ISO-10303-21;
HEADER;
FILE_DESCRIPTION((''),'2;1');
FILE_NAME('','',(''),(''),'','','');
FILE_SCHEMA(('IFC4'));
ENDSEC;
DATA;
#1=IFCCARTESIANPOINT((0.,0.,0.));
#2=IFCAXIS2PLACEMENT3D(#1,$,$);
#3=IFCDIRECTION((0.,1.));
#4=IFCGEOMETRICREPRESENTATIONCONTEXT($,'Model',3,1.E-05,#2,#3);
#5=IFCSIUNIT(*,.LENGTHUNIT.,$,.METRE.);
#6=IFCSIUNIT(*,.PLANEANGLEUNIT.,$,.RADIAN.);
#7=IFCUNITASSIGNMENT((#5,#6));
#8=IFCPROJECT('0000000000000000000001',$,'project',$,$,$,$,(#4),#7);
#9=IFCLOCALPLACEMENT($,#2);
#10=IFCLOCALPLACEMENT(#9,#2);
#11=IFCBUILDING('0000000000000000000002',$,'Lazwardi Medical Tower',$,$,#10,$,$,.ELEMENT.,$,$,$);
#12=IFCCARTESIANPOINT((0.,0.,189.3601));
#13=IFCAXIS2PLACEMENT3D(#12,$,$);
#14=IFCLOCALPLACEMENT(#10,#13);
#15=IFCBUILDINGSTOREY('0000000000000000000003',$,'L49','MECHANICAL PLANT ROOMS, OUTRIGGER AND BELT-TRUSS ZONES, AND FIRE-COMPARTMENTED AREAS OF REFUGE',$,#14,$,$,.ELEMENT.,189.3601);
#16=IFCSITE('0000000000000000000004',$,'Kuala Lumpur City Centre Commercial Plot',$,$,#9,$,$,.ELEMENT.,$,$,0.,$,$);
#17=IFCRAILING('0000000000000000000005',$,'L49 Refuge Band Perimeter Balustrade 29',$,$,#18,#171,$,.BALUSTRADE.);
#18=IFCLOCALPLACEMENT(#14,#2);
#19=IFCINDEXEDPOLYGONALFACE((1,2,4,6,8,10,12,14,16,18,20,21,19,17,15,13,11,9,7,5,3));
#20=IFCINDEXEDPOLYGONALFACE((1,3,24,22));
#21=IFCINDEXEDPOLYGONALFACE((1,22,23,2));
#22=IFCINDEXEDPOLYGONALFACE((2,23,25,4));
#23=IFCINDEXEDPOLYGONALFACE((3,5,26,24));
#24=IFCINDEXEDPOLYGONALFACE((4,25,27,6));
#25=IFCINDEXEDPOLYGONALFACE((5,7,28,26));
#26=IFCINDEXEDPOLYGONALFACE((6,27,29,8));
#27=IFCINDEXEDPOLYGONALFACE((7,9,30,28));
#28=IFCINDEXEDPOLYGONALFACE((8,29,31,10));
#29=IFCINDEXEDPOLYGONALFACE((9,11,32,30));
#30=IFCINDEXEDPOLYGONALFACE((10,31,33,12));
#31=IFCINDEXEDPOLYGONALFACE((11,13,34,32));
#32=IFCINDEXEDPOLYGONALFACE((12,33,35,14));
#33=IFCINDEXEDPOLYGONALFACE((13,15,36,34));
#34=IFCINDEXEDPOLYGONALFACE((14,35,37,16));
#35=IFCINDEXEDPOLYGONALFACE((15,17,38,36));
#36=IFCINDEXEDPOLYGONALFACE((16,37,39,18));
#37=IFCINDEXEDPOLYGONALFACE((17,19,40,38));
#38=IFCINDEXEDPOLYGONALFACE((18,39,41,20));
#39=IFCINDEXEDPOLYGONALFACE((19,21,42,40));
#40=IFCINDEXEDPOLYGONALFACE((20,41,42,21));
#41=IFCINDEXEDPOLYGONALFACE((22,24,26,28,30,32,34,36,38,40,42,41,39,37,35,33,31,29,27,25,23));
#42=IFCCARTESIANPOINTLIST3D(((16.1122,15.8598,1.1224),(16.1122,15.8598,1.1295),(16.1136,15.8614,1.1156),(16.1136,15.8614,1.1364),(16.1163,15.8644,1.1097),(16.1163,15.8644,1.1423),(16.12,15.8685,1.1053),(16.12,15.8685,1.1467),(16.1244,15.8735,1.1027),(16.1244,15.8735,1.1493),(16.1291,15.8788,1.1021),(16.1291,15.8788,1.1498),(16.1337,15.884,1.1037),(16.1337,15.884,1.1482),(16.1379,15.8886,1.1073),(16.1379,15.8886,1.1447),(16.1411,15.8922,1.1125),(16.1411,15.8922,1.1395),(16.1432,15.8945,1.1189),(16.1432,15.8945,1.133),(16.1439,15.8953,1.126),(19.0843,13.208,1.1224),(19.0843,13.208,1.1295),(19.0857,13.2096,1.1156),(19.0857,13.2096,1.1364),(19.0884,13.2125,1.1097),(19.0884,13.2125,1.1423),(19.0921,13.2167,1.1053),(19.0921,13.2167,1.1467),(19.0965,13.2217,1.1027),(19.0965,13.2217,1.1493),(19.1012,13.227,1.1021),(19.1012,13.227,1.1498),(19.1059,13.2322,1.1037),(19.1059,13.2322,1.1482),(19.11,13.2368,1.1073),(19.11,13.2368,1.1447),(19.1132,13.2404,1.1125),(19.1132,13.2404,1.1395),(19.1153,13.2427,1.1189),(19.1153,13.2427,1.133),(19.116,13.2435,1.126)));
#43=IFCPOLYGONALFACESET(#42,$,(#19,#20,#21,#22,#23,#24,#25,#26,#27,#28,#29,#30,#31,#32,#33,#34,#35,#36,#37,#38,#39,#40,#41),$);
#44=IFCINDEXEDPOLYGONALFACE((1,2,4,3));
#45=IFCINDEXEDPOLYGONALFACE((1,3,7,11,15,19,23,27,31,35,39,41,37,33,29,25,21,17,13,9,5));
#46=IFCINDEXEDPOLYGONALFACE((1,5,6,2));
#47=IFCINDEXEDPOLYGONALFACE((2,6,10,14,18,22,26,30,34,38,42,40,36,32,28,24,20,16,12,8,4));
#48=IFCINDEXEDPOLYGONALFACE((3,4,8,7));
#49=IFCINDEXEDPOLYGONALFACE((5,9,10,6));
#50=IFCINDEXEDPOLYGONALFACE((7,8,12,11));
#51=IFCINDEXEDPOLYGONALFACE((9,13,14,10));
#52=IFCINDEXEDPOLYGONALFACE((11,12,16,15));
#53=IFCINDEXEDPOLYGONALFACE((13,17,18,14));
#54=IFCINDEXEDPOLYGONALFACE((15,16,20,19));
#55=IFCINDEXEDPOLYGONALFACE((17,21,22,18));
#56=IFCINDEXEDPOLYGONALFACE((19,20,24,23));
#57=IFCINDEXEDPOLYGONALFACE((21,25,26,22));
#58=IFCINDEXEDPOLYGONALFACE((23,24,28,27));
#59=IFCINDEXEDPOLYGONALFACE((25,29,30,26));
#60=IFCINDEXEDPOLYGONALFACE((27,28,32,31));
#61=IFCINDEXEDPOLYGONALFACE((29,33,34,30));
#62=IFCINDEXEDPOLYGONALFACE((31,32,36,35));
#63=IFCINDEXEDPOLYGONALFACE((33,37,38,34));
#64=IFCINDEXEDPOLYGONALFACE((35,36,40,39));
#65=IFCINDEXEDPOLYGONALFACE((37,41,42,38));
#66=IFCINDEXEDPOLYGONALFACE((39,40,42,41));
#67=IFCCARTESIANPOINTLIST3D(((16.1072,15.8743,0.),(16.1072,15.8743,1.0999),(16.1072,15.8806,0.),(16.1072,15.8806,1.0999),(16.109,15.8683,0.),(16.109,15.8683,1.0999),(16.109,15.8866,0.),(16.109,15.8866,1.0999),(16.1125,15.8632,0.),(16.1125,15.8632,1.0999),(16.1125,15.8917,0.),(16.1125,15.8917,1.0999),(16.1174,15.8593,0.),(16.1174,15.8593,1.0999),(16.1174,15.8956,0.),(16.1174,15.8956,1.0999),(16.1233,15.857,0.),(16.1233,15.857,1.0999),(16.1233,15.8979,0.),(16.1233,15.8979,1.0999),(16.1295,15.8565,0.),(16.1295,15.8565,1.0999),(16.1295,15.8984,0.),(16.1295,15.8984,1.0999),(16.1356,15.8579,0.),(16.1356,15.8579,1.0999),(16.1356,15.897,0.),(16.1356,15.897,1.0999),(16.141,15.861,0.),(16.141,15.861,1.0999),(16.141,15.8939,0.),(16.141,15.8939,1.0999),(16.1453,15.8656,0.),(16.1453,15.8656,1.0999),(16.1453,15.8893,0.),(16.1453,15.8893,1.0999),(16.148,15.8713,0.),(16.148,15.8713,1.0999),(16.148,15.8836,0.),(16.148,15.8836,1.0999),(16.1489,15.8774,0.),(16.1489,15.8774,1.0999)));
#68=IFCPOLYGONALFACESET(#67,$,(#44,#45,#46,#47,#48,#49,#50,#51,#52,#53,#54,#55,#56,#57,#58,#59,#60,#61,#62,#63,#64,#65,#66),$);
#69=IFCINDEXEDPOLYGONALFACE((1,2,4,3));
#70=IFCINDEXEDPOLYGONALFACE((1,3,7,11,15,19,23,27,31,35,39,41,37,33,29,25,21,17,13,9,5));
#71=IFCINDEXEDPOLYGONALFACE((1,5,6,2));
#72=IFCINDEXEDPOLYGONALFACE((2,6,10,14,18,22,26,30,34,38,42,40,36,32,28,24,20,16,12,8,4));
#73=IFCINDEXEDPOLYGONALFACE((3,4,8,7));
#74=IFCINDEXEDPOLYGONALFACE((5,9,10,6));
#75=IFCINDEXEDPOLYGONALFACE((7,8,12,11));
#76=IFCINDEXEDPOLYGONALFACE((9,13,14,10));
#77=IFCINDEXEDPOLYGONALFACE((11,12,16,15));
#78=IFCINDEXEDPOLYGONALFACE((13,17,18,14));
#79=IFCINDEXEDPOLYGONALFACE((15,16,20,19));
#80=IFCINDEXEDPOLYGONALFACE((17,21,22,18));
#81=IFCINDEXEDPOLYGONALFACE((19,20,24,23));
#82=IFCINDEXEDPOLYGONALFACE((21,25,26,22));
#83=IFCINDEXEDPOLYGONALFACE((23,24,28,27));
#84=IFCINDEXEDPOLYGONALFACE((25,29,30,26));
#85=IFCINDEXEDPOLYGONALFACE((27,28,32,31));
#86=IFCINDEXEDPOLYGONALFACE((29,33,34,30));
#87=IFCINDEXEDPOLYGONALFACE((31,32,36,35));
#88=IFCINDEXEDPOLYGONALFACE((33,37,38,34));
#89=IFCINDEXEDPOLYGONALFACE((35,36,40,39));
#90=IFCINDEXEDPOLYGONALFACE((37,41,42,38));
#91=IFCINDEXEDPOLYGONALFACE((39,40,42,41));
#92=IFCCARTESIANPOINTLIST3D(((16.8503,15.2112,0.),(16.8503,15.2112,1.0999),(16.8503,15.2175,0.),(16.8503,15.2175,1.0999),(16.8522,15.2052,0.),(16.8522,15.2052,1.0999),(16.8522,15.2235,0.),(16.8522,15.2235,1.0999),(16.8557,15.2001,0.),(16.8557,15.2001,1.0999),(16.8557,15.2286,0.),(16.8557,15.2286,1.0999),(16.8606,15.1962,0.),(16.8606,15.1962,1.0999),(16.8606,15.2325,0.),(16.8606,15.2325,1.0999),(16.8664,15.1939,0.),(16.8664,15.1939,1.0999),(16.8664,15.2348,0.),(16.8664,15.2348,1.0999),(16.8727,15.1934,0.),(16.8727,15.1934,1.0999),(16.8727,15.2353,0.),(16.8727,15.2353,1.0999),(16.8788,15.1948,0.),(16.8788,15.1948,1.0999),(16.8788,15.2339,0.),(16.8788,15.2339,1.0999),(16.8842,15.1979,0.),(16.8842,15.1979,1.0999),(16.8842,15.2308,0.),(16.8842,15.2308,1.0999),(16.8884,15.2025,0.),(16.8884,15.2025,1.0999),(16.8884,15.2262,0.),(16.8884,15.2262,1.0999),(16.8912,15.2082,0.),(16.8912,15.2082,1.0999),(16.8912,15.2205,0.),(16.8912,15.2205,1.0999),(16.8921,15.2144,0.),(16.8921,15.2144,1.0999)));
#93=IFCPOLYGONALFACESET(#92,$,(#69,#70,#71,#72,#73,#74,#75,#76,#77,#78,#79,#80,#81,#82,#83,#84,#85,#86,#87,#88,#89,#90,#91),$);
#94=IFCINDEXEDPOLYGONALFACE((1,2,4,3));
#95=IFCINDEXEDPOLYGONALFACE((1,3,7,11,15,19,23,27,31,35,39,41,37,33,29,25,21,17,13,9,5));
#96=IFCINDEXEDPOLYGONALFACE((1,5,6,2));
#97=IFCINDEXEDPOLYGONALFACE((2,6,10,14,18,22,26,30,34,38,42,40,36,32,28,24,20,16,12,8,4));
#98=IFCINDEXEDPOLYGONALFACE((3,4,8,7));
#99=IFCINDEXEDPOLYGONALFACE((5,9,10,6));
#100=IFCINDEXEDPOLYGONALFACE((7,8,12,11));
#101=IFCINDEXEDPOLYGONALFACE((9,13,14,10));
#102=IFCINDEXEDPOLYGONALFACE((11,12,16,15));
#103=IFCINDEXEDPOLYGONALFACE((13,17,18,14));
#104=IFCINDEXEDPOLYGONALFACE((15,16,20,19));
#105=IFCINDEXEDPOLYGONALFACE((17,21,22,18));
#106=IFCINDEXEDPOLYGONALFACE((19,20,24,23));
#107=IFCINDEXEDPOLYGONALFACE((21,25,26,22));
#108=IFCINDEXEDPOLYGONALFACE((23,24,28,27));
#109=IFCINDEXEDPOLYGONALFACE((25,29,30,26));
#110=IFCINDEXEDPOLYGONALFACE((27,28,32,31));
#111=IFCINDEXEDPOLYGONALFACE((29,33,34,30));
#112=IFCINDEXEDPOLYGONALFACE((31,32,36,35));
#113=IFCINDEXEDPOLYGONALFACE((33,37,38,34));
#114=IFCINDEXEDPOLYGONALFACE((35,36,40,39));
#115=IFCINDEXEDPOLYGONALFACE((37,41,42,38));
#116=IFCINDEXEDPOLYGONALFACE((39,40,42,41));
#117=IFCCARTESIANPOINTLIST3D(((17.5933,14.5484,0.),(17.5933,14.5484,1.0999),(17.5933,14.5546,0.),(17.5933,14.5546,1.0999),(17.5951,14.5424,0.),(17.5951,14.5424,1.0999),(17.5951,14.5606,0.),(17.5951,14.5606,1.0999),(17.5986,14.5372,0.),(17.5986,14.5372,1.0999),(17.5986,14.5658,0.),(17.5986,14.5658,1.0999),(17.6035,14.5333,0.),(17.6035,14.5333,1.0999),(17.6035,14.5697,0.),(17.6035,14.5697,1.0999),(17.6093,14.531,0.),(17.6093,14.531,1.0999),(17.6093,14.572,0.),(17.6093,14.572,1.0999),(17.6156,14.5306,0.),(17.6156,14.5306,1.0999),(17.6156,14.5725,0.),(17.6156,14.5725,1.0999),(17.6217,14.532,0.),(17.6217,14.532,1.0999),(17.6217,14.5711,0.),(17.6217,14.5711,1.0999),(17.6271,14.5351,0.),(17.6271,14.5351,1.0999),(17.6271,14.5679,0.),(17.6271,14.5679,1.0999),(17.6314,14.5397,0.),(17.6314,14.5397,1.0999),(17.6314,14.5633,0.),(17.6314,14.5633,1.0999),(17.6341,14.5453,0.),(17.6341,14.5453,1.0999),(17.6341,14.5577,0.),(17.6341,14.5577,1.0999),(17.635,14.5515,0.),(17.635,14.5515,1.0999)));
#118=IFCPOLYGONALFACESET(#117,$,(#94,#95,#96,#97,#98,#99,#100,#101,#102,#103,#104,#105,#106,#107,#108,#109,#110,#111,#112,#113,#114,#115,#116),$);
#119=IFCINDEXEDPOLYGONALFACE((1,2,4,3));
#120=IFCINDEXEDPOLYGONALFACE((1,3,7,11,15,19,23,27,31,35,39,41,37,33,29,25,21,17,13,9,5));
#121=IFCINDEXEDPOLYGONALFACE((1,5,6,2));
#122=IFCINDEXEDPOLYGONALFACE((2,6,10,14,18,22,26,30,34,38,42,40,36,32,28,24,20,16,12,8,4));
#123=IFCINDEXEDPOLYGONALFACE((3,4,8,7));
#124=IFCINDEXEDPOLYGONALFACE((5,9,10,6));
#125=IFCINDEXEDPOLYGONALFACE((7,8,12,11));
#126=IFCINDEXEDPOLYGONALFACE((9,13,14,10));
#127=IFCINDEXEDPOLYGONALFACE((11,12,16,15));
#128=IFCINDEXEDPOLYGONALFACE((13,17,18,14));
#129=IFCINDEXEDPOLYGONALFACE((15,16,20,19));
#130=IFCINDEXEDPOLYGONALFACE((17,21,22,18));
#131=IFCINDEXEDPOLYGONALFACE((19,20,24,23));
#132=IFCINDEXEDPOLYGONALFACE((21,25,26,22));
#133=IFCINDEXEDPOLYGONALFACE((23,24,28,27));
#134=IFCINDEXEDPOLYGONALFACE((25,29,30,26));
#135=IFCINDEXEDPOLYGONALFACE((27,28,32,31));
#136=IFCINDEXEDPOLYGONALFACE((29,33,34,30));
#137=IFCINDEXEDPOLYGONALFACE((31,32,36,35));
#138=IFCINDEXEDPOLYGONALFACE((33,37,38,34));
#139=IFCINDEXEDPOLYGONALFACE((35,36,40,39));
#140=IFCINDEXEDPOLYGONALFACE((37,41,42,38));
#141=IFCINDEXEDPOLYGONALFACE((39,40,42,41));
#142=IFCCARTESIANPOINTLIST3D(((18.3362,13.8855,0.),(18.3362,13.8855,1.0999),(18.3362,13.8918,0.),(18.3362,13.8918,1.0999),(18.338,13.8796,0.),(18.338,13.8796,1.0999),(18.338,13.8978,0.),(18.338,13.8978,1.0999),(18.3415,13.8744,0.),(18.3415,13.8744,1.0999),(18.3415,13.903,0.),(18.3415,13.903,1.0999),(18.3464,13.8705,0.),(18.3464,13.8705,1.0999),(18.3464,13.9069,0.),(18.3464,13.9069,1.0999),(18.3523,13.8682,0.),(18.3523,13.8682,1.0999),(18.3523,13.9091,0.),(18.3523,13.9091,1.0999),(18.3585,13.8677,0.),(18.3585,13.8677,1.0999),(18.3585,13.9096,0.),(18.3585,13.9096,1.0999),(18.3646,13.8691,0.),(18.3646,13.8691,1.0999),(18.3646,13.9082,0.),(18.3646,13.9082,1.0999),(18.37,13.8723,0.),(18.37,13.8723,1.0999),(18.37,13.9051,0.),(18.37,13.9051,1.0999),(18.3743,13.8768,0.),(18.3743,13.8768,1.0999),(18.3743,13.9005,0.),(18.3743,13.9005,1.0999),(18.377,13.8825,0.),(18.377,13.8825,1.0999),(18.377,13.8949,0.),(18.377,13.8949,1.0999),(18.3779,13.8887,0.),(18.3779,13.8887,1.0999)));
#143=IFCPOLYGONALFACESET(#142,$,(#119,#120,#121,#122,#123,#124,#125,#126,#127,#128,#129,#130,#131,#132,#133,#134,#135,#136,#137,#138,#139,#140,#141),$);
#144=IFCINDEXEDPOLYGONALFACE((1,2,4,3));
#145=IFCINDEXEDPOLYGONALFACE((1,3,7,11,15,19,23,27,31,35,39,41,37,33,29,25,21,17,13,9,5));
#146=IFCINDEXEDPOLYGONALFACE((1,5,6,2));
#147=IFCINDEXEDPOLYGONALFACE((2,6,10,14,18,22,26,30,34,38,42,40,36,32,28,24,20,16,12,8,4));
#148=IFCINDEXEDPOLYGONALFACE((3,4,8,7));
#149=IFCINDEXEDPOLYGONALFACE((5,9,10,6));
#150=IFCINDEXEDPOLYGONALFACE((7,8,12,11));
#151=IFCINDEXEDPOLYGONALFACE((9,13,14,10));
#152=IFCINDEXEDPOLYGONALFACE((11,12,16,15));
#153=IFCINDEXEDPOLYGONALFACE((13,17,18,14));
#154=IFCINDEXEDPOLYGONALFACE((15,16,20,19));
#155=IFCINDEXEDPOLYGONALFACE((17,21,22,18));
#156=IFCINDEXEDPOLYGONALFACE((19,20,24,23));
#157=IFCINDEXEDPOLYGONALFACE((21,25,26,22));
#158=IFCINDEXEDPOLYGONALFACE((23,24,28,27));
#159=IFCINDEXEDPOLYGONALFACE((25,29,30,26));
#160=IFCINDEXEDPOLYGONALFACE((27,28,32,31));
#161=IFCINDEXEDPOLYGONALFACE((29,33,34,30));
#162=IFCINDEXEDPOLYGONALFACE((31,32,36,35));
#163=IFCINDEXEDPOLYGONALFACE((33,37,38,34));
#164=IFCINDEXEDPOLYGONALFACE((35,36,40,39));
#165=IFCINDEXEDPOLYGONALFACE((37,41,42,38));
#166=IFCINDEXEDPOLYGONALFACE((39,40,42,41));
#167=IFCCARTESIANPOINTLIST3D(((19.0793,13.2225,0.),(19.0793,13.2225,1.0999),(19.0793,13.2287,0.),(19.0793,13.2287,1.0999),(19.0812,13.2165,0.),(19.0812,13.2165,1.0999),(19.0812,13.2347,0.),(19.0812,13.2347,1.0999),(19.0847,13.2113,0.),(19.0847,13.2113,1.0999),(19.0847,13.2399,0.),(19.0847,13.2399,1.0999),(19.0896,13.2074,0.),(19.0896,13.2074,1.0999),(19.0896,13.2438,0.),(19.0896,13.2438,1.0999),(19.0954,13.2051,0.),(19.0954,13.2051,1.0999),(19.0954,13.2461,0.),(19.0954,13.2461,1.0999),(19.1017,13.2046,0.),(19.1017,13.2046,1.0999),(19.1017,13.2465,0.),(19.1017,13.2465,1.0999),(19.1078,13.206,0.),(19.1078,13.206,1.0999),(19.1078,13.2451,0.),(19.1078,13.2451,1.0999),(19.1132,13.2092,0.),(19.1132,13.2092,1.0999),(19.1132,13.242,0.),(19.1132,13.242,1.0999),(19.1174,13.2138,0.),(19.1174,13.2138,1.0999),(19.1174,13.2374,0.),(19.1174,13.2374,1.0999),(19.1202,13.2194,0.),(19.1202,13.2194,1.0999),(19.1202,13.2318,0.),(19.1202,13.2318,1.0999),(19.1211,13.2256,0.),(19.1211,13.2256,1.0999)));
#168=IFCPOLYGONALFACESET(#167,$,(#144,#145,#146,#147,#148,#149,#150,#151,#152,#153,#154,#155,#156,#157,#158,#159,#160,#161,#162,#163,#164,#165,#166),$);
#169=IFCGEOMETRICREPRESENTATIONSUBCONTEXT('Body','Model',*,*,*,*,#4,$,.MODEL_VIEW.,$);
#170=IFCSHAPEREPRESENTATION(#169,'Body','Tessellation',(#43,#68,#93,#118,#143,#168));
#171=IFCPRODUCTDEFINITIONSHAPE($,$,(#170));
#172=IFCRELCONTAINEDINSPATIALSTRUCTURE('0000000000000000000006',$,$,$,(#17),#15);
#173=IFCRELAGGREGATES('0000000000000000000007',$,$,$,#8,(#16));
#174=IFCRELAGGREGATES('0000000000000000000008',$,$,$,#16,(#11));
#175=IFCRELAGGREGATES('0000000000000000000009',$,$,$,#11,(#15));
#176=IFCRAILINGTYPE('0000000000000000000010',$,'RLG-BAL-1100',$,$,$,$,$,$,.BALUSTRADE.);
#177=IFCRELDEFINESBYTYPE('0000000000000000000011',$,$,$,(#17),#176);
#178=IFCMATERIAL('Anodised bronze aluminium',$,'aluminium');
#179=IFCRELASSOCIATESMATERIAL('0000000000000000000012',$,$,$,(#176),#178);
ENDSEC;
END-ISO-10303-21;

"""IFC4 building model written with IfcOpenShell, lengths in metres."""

from ifc_helpers import new_model, si_unit, direction, frame, origin, origin_2d, place, context, subcontext, project, spatial, circle, extrude, material, type_object, element, save


model = new_model("IFC4")

# Units and contexts
model_context = context("Model", 3, precision=1e-05, world=origin(), true_north=direction((0.0, 1.0)))
body_context = subcontext(model_context, "Body", "Model", "MODEL_VIEW")
ifc_project = project(units=[si_unit("LENGTHUNIT", "METRE"), si_unit("PLANEANGLEUNIT", "RADIAN")], contexts=[model_context])

# Site, building, storey
site_placement = place(None, origin())
site = spatial("IfcSite", under=ifc_project, at=site_placement, Name="Kuala Lumpur City Centre Commercial Plot", CompositionType="ELEMENT", RefElevation=0.0)
building_placement = place(site_placement, origin())
building = spatial("IfcBuilding", under=site, at=building_placement, Name="Lazwardi Medical Tower", CompositionType="ELEMENT")
storey_placement = place(building_placement, frame((0.0, 0.0, 189.3601)))
storey = spatial("IfcBuildingStorey", under=building, at=storey_placement, Name="L49", Description="MECHANICAL PLANT ROOMS, OUTRIGGER AND BELT-TRUSS ZONES, AND FIRE-COMPARTMENTED AREAS OF REFUGE", CompositionType="ELEMENT", Elevation=189.3601)

# Railing
ifc_material_1 = material(Name="Anodised bronze aluminium", Category="aluminium")
railing_type = type_object("IfcRailingType", Name="RLG-BAL-1100", PredefinedType="BALUSTRADE", material=ifc_material_1)
railing_1_placement = place(storey_placement, frame((16.1279, 15.8774, 0.0)))
element("IfcRailing", 1, at=railing_1_placement, inside=storey, type_object=railing_type, Name="L49 Refuge Band Perimeter Balustrade 29", PredefinedType="BALUSTRADE", context=body_context, shape_type="SweptSolid", body=[
    extrude(circle(Radius=0.0239, at=origin_2d()), frame((0.0, 0.0, 1.126), z_axis=(0.74617, -0.665755, 0.0), x_axis=(0.665755, 0.74617, 0.0)), (0.0, 0.0, 1.0), 3.9832),
    extrude(circle(Radius=0.021, at=origin_2d()), origin(), (0.0, 0.0, 1.0), 1.0999),
    extrude(circle(Radius=0.021, at=origin_2d()), frame((0.7432, -0.6631, 0.0)), (0.0, 0.0, 1.0), 1.0999),
    extrude(circle(Radius=0.021, at=origin_2d()), frame((1.4861, -1.3259, 0.0)), (0.0, 0.0, 1.0), 1.0999),
    extrude(circle(Radius=0.021, at=origin_2d()), frame((2.229, -1.9888, 0.0)), (0.0, 0.0, 1.0), 1.0999),
    extrude(circle(Radius=0.021, at=origin_2d()), frame((2.9722, -2.6519, 0.0)), (0.0, 0.0, 1.0), 1.0999),
])

save(model, "model.ifc")
